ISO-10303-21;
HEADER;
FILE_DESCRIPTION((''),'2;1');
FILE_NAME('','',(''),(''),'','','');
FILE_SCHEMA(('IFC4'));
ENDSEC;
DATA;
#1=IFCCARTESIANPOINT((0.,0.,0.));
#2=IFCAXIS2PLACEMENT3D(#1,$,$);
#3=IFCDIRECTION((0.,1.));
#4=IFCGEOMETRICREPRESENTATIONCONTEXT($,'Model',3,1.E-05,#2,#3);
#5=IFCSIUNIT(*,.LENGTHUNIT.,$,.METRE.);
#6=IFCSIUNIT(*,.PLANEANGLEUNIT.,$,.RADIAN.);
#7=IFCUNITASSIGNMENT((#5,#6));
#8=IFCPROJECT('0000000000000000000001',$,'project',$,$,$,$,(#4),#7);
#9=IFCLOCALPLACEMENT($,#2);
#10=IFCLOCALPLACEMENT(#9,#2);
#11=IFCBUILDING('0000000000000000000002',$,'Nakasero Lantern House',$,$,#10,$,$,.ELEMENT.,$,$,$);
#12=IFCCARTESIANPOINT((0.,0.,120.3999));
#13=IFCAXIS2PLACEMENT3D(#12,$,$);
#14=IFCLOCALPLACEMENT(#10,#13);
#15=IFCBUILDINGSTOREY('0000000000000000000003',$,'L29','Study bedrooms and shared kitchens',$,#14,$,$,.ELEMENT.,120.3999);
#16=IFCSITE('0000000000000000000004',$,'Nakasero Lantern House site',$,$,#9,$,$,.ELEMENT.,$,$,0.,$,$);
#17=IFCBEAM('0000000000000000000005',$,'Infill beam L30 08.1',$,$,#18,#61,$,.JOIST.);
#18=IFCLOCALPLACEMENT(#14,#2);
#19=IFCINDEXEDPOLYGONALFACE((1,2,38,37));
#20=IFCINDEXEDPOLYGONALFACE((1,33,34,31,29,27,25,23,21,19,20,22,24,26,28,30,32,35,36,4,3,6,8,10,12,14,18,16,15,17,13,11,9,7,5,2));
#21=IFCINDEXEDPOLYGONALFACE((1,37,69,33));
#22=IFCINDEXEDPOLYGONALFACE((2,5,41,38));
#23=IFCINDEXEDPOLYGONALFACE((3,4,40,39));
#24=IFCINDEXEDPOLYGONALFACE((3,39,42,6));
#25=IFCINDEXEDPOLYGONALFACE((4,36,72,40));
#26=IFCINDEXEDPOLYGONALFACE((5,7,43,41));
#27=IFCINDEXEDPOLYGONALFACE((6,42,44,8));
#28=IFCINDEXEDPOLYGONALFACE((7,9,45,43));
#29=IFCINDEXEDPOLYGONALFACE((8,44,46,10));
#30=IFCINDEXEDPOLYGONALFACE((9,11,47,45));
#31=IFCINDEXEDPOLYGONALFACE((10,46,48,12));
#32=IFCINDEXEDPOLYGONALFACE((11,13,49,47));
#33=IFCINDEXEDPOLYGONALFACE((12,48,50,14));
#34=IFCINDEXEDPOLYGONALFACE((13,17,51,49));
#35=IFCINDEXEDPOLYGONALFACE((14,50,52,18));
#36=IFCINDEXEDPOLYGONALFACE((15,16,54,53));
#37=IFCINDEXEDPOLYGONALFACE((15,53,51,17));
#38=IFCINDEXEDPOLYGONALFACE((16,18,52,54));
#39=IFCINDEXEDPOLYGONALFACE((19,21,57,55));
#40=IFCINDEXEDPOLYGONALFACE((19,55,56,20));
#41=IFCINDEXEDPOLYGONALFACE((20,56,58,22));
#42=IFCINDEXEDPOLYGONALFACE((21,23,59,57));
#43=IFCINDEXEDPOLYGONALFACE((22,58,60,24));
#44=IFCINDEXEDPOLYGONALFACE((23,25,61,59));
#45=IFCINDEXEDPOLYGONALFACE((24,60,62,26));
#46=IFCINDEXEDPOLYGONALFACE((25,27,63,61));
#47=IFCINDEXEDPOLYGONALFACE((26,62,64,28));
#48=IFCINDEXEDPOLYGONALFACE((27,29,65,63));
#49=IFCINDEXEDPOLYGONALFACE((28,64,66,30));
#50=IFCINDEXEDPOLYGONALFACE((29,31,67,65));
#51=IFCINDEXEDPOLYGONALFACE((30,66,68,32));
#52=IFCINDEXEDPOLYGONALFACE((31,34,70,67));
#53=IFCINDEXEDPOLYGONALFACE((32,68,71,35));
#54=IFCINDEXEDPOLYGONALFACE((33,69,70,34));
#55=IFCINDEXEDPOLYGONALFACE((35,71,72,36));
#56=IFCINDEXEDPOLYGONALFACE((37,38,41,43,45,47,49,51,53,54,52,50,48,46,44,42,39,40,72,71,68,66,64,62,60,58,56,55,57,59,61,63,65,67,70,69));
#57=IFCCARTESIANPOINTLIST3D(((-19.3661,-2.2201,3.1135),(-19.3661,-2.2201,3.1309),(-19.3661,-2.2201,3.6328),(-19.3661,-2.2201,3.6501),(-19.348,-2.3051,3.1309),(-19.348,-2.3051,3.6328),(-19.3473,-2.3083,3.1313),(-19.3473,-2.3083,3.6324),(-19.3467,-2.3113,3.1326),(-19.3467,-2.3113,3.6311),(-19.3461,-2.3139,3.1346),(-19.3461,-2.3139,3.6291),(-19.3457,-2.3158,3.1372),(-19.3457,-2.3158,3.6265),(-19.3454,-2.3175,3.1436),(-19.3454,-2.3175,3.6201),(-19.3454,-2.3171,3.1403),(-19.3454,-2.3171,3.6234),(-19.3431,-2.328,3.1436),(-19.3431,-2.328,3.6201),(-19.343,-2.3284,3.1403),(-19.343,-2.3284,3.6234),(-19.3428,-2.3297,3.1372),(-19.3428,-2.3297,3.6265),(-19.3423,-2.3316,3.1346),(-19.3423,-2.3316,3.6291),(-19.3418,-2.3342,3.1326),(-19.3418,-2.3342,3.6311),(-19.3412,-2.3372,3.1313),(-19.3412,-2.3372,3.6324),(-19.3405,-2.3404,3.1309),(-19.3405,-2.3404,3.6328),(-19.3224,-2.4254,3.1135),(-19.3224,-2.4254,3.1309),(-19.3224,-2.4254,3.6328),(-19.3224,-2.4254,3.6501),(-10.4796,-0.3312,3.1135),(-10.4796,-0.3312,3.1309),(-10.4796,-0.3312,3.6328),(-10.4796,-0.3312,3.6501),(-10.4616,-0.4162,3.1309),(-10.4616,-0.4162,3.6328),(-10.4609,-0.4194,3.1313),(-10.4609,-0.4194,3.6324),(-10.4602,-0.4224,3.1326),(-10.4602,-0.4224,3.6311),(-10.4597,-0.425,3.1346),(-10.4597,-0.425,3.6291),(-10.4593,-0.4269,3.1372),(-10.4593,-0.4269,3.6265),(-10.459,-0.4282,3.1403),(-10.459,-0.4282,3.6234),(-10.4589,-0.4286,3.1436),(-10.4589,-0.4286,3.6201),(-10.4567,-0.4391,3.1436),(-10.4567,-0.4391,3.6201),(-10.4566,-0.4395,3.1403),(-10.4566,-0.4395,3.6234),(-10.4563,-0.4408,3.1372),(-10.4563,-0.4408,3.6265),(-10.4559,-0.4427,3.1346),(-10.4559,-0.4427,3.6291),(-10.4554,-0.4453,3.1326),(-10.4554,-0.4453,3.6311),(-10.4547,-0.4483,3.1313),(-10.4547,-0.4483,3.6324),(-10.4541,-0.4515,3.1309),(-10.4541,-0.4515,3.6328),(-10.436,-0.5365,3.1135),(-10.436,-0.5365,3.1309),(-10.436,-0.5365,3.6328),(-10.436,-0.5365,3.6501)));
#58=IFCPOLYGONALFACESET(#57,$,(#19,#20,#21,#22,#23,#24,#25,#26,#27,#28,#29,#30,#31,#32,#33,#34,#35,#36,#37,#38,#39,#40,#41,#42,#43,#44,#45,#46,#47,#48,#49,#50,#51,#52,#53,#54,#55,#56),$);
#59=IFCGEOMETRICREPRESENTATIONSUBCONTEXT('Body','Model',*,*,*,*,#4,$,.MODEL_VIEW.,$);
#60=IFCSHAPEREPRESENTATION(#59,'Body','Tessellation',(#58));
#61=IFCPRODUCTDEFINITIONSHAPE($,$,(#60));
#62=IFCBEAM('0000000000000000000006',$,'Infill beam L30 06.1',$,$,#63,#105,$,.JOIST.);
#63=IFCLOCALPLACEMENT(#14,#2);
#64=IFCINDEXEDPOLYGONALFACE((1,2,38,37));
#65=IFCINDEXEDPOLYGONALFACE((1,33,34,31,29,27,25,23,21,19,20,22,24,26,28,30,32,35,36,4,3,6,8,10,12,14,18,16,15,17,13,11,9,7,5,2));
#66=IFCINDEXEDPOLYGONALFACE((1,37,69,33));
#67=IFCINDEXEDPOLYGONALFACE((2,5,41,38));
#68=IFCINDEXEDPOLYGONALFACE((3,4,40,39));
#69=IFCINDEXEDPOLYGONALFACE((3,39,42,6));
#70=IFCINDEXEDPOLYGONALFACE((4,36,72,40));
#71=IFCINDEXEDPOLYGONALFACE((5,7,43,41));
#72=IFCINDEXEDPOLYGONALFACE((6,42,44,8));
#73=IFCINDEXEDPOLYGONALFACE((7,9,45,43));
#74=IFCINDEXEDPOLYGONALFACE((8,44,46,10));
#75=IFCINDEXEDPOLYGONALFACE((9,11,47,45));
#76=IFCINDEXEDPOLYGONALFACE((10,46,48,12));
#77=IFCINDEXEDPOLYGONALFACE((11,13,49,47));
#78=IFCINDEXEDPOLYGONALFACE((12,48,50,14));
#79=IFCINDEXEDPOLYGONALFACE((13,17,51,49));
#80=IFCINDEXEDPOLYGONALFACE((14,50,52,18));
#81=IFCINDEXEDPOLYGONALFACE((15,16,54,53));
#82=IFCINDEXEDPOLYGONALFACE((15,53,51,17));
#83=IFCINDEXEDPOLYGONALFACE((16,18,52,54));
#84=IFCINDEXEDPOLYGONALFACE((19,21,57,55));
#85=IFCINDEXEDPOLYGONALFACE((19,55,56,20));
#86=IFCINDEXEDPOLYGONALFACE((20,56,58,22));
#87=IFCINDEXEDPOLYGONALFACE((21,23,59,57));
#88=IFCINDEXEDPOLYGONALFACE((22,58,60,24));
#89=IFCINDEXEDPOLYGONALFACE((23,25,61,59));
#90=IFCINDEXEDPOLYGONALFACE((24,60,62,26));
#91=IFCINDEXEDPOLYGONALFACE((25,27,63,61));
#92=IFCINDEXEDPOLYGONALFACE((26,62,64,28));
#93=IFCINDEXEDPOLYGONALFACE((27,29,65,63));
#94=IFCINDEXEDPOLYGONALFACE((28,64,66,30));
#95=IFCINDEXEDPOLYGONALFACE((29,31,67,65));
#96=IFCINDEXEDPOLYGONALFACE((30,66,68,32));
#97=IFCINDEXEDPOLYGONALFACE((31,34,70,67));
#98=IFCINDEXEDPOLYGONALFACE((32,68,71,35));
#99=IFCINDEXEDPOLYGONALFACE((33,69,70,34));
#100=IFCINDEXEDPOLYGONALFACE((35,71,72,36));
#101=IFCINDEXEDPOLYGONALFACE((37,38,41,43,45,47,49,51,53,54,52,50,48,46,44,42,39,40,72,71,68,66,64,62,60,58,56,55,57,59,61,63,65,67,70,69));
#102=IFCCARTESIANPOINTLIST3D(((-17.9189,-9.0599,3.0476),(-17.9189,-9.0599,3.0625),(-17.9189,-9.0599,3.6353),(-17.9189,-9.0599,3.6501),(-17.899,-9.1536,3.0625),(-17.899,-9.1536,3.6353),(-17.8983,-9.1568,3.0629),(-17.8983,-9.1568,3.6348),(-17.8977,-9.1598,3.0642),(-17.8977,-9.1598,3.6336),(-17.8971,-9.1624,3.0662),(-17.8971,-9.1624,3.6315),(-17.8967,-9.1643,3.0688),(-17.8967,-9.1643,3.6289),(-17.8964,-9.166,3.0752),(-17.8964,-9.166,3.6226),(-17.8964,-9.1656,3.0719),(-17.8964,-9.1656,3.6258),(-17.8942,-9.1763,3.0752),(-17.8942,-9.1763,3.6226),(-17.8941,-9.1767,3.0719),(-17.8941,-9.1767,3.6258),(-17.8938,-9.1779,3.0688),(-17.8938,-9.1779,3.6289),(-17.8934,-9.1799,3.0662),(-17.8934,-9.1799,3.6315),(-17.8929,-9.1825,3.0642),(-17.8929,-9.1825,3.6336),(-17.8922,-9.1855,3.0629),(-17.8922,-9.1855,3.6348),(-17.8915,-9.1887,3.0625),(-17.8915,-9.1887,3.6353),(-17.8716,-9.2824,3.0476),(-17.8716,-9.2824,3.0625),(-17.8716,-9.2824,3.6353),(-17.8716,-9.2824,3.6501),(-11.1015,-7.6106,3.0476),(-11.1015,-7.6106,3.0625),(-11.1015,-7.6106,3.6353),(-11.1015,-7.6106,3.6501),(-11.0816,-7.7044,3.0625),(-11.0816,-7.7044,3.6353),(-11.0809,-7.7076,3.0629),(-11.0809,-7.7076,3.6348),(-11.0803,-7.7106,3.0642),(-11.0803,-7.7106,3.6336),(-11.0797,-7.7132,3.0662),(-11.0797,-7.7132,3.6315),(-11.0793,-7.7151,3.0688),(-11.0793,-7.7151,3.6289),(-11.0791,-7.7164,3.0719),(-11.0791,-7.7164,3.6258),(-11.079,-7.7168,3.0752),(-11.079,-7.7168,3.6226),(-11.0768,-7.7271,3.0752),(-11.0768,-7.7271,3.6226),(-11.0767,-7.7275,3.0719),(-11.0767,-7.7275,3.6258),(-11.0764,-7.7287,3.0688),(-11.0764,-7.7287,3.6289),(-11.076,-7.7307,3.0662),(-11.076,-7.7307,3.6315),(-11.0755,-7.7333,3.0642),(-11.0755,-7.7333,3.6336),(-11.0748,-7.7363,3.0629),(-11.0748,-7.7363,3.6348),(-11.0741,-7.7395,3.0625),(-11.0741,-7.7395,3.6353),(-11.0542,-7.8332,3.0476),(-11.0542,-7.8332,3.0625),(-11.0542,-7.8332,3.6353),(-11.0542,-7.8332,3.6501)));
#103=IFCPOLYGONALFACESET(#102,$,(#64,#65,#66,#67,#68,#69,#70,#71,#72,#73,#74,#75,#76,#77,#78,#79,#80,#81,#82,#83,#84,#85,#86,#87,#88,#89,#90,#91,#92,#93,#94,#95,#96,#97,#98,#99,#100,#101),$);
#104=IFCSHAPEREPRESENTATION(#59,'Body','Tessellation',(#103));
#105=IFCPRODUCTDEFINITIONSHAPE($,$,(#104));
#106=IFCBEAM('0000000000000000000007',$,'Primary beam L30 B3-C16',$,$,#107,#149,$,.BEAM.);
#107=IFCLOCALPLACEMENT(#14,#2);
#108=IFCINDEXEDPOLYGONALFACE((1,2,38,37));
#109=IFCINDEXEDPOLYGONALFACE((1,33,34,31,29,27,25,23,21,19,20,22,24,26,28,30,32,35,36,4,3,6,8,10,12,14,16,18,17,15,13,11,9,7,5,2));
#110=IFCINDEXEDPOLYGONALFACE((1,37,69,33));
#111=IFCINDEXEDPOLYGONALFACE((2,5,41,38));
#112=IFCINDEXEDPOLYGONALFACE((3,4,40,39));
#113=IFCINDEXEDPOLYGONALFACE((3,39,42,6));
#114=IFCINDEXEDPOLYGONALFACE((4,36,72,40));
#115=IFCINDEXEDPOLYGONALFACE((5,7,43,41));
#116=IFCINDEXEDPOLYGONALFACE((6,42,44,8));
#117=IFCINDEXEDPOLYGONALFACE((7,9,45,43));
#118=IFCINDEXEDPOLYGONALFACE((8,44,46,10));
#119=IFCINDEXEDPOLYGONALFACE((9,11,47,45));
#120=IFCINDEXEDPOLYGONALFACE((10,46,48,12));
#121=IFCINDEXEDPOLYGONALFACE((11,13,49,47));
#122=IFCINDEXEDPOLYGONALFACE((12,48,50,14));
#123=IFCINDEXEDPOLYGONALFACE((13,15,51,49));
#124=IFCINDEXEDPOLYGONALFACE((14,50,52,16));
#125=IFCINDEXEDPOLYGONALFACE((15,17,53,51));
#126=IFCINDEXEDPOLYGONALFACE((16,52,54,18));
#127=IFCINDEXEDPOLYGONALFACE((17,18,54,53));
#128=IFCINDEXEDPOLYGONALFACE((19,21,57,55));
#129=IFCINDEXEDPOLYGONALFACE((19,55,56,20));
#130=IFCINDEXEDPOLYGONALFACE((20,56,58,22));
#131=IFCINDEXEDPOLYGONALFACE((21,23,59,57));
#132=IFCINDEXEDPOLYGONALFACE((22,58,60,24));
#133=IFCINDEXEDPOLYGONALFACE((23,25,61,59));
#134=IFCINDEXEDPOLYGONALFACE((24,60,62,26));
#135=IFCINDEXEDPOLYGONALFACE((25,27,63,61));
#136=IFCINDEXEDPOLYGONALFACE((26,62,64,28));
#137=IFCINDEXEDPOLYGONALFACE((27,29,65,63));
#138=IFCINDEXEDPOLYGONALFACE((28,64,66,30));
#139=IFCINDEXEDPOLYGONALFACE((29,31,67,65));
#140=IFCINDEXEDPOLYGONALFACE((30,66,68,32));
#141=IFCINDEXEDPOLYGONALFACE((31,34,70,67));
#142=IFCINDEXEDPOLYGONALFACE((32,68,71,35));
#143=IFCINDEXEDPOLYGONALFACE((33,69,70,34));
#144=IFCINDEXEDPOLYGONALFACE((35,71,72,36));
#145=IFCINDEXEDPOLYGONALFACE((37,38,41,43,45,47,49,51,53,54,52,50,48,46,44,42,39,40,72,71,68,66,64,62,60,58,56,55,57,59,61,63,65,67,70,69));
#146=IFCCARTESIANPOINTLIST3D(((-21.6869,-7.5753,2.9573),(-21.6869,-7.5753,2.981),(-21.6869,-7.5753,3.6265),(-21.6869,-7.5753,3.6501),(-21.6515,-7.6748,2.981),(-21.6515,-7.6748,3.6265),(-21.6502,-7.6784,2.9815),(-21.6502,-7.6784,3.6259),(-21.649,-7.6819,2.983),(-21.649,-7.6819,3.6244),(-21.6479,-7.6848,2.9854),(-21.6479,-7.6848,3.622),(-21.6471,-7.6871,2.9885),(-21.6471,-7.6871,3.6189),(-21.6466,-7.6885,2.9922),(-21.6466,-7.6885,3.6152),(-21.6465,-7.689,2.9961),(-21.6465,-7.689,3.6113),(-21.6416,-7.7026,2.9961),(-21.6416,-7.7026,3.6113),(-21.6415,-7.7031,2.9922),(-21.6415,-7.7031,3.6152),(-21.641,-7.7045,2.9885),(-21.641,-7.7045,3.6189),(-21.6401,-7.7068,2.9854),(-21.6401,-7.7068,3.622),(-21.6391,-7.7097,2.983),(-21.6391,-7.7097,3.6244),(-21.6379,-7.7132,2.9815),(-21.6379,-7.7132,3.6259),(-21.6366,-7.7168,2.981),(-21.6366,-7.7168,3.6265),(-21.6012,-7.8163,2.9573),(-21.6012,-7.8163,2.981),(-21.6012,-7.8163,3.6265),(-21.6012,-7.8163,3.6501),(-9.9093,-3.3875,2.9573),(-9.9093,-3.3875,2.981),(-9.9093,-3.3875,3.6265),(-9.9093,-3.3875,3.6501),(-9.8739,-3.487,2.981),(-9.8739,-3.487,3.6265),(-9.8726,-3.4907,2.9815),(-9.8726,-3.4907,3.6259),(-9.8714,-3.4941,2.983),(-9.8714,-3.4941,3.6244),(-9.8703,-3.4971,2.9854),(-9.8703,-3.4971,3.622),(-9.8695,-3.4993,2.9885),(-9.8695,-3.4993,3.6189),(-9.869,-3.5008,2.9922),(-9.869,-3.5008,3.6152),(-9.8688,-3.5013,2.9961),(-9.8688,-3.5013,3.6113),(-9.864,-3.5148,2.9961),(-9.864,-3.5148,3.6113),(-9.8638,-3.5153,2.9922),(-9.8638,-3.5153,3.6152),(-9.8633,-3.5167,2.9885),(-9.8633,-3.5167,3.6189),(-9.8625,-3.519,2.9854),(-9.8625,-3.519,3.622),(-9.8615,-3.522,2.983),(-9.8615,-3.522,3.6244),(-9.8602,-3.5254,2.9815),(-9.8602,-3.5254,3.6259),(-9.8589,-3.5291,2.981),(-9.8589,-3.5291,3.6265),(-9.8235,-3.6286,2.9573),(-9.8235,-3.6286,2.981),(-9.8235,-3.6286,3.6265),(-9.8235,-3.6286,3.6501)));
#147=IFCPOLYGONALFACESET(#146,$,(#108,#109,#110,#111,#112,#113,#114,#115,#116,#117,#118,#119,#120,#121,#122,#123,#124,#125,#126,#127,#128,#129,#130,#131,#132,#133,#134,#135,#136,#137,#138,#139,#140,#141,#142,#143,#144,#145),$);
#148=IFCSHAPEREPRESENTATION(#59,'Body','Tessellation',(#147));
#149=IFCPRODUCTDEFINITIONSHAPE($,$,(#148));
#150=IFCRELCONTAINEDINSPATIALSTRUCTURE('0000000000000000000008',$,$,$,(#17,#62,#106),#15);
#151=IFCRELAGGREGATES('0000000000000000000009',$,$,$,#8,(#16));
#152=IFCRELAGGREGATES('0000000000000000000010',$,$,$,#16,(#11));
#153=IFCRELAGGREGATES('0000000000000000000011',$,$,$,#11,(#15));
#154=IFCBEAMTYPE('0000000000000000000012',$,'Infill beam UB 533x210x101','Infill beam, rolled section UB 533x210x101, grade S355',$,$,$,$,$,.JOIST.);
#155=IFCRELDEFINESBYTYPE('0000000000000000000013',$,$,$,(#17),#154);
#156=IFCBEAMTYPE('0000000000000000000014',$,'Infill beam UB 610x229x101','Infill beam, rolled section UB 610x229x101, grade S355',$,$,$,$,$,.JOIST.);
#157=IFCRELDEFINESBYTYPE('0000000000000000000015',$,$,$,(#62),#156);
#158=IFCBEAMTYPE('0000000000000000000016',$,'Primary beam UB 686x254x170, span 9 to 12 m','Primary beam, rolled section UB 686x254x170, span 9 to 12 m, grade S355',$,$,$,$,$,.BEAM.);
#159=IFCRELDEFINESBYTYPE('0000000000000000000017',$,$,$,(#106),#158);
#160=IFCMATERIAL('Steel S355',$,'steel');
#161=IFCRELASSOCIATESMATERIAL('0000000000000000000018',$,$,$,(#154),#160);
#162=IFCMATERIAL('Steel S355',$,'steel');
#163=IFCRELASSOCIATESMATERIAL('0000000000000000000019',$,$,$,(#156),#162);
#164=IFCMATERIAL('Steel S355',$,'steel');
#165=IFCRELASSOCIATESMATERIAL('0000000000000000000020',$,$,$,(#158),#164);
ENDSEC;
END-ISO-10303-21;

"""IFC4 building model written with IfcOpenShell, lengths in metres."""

from ifc_helpers import new_model, si_unit, direction, frame, origin, origin_2d, place, context, subcontext, project, spatial, i_section, extrude, material, material_profile, profile_set, type_object, element, save


model = new_model("IFC4")

# Units and contexts
model_context = context("Model", 3, precision=1e-05, world=origin(), true_north=direction((0.0, 1.0)))
body_context = subcontext(model_context, "Body", "Model", "MODEL_VIEW")
ifc_project = project(units=[si_unit("LENGTHUNIT", "METRE"), si_unit("PLANEANGLEUNIT", "RADIAN")], contexts=[model_context])

# Site, building, storey
site_placement = place(None, origin())
site = spatial("IfcSite", under=ifc_project, at=site_placement, Name="Nakasero Lantern House site", CompositionType="ELEMENT", RefElevation=0.0)
building_placement = place(site_placement, origin())
building = spatial("IfcBuilding", under=site, at=building_placement, Name="Nakasero Lantern House", CompositionType="ELEMENT")
storey_placement = place(building_placement, frame((0.0, 0.0, 120.3999)))
storey = spatial("IfcBuildingStorey", under=building, at=storey_placement, Name="L29", Description="Study bedrooms and shared kitchens", CompositionType="ELEMENT", Elevation=120.3999)

# Beams
ifc_material_1 = material(Name="Steel S355", Category="steel")
ifc_material_profile_1 = material_profile(ifc_material_1, i_section(OverallWidth=0.21, OverallDepth=0.5366, WebThickness=0.0107, FlangeThickness=0.0173, FilletRadius=0.0127, at=origin_2d()), Name="UB 533x210x101")
ifc_profile_set_1 = profile_set([ifc_material_profile_1], Name="Steel S355")
beam_type_1 = type_object("IfcBeamType", Name="Infill beam UB 533x210x101", Description="Infill beam, rolled section UB 533x210x101, grade S355", PredefinedType="JOIST", material=ifc_profile_set_1)
beam_1_placement = place(storey_placement, frame((-19.3442, -2.3228, 3.3818), z_axis=(0.978147, 0.207916, 0.0), x_axis=(-0.207916, 0.978147, 0.0)))
element("IfcBeam", 1, at=beam_1_placement, inside=storey, type_object=beam_type_1, Name="Infill beam L30 08.1", PredefinedType="JOIST", context=body_context, shape_type="SweptSolid", body=[
    extrude(i_section(OverallWidth=0.21, OverallDepth=0.5366, WebThickness=0.0107, FlangeThickness=0.0173, FilletRadius=0.0127, at=origin_2d()), origin(), (0.0, 0.0, 1.0), 9.085),
])
ifc_material_2 = material(Name="Steel S355", Category="steel")
ifc_material_profile_2 = material_profile(ifc_material_2, i_section(OverallWidth=0.2275, OverallDepth=0.6025, WebThickness=0.0105, FlangeThickness=0.0149, FilletRadius=0.0127, at=origin_2d()), Name="UB 610x229x101")
ifc_profile_set_2 = profile_set([ifc_material_profile_2], Name="Steel S355")
beam_type_2 = type_object("IfcBeamType", Name="Infill beam UB 610x229x101", Description="Infill beam, rolled section UB 610x229x101, grade S355", PredefinedType="JOIST", material=ifc_profile_set_2)
beam_2_placement = place(storey_placement, frame((-17.8953, -9.1711, 3.3489), z_axis=(0.978144, 0.207931, 0.0), x_axis=(-0.207931, 0.978144, 0.0)))
element("IfcBeam", 2, at=beam_2_placement, inside=storey, type_object=beam_type_2, Name="Infill beam L30 06.1", PredefinedType="JOIST", context=body_context, shape_type="SweptSolid", body=[
    extrude(i_section(OverallWidth=0.2275, OverallDepth=0.6025, WebThickness=0.0105, FlangeThickness=0.0149, FilletRadius=0.0127, at=origin_2d()), origin(), (0.0, 0.0, 1.0), 6.9697),
])
ifc_material_3 = material(Name="Steel S355", Category="steel")
ifc_material_profile_3 = material_profile(ifc_material_3, i_section(OverallWidth=0.2559, OverallDepth=0.6929, WebThickness=0.0144, FlangeThickness=0.0237, FilletRadius=0.0151, at=origin_2d()), Name="UB 686x254x170")
ifc_profile_set_3 = profile_set([ifc_material_profile_3], Name="Steel S355")
beam_type_3 = type_object("IfcBeamType", Name="Primary beam UB 686x254x170, span 9 to 12 m", Description="Primary beam, rolled section UB 686x254x170, span 9 to 12 m, grade S355", PredefinedType="BEAM", material=ifc_profile_set_3)
beam_3_placement = place(storey_placement, frame((-21.644, -7.6958, 3.3037), z_axis=(0.942211, 0.335021, 0.0), x_axis=(-0.335021, 0.942211, 0.0)))
element("IfcBeam", 3, at=beam_3_placement, inside=storey, type_object=beam_type_3, Name="Primary beam L30 B3-C16", PredefinedType="BEAM", context=body_context, shape_type="SweptSolid", body=[
    extrude(i_section(OverallWidth=0.2559, OverallDepth=0.6929, WebThickness=0.0144, FlangeThickness=0.0237, FilletRadius=0.0151, at=origin_2d()), origin(), (0.0, 0.0, 1.0), 12.5),
])

save(model, "model.ifc")
